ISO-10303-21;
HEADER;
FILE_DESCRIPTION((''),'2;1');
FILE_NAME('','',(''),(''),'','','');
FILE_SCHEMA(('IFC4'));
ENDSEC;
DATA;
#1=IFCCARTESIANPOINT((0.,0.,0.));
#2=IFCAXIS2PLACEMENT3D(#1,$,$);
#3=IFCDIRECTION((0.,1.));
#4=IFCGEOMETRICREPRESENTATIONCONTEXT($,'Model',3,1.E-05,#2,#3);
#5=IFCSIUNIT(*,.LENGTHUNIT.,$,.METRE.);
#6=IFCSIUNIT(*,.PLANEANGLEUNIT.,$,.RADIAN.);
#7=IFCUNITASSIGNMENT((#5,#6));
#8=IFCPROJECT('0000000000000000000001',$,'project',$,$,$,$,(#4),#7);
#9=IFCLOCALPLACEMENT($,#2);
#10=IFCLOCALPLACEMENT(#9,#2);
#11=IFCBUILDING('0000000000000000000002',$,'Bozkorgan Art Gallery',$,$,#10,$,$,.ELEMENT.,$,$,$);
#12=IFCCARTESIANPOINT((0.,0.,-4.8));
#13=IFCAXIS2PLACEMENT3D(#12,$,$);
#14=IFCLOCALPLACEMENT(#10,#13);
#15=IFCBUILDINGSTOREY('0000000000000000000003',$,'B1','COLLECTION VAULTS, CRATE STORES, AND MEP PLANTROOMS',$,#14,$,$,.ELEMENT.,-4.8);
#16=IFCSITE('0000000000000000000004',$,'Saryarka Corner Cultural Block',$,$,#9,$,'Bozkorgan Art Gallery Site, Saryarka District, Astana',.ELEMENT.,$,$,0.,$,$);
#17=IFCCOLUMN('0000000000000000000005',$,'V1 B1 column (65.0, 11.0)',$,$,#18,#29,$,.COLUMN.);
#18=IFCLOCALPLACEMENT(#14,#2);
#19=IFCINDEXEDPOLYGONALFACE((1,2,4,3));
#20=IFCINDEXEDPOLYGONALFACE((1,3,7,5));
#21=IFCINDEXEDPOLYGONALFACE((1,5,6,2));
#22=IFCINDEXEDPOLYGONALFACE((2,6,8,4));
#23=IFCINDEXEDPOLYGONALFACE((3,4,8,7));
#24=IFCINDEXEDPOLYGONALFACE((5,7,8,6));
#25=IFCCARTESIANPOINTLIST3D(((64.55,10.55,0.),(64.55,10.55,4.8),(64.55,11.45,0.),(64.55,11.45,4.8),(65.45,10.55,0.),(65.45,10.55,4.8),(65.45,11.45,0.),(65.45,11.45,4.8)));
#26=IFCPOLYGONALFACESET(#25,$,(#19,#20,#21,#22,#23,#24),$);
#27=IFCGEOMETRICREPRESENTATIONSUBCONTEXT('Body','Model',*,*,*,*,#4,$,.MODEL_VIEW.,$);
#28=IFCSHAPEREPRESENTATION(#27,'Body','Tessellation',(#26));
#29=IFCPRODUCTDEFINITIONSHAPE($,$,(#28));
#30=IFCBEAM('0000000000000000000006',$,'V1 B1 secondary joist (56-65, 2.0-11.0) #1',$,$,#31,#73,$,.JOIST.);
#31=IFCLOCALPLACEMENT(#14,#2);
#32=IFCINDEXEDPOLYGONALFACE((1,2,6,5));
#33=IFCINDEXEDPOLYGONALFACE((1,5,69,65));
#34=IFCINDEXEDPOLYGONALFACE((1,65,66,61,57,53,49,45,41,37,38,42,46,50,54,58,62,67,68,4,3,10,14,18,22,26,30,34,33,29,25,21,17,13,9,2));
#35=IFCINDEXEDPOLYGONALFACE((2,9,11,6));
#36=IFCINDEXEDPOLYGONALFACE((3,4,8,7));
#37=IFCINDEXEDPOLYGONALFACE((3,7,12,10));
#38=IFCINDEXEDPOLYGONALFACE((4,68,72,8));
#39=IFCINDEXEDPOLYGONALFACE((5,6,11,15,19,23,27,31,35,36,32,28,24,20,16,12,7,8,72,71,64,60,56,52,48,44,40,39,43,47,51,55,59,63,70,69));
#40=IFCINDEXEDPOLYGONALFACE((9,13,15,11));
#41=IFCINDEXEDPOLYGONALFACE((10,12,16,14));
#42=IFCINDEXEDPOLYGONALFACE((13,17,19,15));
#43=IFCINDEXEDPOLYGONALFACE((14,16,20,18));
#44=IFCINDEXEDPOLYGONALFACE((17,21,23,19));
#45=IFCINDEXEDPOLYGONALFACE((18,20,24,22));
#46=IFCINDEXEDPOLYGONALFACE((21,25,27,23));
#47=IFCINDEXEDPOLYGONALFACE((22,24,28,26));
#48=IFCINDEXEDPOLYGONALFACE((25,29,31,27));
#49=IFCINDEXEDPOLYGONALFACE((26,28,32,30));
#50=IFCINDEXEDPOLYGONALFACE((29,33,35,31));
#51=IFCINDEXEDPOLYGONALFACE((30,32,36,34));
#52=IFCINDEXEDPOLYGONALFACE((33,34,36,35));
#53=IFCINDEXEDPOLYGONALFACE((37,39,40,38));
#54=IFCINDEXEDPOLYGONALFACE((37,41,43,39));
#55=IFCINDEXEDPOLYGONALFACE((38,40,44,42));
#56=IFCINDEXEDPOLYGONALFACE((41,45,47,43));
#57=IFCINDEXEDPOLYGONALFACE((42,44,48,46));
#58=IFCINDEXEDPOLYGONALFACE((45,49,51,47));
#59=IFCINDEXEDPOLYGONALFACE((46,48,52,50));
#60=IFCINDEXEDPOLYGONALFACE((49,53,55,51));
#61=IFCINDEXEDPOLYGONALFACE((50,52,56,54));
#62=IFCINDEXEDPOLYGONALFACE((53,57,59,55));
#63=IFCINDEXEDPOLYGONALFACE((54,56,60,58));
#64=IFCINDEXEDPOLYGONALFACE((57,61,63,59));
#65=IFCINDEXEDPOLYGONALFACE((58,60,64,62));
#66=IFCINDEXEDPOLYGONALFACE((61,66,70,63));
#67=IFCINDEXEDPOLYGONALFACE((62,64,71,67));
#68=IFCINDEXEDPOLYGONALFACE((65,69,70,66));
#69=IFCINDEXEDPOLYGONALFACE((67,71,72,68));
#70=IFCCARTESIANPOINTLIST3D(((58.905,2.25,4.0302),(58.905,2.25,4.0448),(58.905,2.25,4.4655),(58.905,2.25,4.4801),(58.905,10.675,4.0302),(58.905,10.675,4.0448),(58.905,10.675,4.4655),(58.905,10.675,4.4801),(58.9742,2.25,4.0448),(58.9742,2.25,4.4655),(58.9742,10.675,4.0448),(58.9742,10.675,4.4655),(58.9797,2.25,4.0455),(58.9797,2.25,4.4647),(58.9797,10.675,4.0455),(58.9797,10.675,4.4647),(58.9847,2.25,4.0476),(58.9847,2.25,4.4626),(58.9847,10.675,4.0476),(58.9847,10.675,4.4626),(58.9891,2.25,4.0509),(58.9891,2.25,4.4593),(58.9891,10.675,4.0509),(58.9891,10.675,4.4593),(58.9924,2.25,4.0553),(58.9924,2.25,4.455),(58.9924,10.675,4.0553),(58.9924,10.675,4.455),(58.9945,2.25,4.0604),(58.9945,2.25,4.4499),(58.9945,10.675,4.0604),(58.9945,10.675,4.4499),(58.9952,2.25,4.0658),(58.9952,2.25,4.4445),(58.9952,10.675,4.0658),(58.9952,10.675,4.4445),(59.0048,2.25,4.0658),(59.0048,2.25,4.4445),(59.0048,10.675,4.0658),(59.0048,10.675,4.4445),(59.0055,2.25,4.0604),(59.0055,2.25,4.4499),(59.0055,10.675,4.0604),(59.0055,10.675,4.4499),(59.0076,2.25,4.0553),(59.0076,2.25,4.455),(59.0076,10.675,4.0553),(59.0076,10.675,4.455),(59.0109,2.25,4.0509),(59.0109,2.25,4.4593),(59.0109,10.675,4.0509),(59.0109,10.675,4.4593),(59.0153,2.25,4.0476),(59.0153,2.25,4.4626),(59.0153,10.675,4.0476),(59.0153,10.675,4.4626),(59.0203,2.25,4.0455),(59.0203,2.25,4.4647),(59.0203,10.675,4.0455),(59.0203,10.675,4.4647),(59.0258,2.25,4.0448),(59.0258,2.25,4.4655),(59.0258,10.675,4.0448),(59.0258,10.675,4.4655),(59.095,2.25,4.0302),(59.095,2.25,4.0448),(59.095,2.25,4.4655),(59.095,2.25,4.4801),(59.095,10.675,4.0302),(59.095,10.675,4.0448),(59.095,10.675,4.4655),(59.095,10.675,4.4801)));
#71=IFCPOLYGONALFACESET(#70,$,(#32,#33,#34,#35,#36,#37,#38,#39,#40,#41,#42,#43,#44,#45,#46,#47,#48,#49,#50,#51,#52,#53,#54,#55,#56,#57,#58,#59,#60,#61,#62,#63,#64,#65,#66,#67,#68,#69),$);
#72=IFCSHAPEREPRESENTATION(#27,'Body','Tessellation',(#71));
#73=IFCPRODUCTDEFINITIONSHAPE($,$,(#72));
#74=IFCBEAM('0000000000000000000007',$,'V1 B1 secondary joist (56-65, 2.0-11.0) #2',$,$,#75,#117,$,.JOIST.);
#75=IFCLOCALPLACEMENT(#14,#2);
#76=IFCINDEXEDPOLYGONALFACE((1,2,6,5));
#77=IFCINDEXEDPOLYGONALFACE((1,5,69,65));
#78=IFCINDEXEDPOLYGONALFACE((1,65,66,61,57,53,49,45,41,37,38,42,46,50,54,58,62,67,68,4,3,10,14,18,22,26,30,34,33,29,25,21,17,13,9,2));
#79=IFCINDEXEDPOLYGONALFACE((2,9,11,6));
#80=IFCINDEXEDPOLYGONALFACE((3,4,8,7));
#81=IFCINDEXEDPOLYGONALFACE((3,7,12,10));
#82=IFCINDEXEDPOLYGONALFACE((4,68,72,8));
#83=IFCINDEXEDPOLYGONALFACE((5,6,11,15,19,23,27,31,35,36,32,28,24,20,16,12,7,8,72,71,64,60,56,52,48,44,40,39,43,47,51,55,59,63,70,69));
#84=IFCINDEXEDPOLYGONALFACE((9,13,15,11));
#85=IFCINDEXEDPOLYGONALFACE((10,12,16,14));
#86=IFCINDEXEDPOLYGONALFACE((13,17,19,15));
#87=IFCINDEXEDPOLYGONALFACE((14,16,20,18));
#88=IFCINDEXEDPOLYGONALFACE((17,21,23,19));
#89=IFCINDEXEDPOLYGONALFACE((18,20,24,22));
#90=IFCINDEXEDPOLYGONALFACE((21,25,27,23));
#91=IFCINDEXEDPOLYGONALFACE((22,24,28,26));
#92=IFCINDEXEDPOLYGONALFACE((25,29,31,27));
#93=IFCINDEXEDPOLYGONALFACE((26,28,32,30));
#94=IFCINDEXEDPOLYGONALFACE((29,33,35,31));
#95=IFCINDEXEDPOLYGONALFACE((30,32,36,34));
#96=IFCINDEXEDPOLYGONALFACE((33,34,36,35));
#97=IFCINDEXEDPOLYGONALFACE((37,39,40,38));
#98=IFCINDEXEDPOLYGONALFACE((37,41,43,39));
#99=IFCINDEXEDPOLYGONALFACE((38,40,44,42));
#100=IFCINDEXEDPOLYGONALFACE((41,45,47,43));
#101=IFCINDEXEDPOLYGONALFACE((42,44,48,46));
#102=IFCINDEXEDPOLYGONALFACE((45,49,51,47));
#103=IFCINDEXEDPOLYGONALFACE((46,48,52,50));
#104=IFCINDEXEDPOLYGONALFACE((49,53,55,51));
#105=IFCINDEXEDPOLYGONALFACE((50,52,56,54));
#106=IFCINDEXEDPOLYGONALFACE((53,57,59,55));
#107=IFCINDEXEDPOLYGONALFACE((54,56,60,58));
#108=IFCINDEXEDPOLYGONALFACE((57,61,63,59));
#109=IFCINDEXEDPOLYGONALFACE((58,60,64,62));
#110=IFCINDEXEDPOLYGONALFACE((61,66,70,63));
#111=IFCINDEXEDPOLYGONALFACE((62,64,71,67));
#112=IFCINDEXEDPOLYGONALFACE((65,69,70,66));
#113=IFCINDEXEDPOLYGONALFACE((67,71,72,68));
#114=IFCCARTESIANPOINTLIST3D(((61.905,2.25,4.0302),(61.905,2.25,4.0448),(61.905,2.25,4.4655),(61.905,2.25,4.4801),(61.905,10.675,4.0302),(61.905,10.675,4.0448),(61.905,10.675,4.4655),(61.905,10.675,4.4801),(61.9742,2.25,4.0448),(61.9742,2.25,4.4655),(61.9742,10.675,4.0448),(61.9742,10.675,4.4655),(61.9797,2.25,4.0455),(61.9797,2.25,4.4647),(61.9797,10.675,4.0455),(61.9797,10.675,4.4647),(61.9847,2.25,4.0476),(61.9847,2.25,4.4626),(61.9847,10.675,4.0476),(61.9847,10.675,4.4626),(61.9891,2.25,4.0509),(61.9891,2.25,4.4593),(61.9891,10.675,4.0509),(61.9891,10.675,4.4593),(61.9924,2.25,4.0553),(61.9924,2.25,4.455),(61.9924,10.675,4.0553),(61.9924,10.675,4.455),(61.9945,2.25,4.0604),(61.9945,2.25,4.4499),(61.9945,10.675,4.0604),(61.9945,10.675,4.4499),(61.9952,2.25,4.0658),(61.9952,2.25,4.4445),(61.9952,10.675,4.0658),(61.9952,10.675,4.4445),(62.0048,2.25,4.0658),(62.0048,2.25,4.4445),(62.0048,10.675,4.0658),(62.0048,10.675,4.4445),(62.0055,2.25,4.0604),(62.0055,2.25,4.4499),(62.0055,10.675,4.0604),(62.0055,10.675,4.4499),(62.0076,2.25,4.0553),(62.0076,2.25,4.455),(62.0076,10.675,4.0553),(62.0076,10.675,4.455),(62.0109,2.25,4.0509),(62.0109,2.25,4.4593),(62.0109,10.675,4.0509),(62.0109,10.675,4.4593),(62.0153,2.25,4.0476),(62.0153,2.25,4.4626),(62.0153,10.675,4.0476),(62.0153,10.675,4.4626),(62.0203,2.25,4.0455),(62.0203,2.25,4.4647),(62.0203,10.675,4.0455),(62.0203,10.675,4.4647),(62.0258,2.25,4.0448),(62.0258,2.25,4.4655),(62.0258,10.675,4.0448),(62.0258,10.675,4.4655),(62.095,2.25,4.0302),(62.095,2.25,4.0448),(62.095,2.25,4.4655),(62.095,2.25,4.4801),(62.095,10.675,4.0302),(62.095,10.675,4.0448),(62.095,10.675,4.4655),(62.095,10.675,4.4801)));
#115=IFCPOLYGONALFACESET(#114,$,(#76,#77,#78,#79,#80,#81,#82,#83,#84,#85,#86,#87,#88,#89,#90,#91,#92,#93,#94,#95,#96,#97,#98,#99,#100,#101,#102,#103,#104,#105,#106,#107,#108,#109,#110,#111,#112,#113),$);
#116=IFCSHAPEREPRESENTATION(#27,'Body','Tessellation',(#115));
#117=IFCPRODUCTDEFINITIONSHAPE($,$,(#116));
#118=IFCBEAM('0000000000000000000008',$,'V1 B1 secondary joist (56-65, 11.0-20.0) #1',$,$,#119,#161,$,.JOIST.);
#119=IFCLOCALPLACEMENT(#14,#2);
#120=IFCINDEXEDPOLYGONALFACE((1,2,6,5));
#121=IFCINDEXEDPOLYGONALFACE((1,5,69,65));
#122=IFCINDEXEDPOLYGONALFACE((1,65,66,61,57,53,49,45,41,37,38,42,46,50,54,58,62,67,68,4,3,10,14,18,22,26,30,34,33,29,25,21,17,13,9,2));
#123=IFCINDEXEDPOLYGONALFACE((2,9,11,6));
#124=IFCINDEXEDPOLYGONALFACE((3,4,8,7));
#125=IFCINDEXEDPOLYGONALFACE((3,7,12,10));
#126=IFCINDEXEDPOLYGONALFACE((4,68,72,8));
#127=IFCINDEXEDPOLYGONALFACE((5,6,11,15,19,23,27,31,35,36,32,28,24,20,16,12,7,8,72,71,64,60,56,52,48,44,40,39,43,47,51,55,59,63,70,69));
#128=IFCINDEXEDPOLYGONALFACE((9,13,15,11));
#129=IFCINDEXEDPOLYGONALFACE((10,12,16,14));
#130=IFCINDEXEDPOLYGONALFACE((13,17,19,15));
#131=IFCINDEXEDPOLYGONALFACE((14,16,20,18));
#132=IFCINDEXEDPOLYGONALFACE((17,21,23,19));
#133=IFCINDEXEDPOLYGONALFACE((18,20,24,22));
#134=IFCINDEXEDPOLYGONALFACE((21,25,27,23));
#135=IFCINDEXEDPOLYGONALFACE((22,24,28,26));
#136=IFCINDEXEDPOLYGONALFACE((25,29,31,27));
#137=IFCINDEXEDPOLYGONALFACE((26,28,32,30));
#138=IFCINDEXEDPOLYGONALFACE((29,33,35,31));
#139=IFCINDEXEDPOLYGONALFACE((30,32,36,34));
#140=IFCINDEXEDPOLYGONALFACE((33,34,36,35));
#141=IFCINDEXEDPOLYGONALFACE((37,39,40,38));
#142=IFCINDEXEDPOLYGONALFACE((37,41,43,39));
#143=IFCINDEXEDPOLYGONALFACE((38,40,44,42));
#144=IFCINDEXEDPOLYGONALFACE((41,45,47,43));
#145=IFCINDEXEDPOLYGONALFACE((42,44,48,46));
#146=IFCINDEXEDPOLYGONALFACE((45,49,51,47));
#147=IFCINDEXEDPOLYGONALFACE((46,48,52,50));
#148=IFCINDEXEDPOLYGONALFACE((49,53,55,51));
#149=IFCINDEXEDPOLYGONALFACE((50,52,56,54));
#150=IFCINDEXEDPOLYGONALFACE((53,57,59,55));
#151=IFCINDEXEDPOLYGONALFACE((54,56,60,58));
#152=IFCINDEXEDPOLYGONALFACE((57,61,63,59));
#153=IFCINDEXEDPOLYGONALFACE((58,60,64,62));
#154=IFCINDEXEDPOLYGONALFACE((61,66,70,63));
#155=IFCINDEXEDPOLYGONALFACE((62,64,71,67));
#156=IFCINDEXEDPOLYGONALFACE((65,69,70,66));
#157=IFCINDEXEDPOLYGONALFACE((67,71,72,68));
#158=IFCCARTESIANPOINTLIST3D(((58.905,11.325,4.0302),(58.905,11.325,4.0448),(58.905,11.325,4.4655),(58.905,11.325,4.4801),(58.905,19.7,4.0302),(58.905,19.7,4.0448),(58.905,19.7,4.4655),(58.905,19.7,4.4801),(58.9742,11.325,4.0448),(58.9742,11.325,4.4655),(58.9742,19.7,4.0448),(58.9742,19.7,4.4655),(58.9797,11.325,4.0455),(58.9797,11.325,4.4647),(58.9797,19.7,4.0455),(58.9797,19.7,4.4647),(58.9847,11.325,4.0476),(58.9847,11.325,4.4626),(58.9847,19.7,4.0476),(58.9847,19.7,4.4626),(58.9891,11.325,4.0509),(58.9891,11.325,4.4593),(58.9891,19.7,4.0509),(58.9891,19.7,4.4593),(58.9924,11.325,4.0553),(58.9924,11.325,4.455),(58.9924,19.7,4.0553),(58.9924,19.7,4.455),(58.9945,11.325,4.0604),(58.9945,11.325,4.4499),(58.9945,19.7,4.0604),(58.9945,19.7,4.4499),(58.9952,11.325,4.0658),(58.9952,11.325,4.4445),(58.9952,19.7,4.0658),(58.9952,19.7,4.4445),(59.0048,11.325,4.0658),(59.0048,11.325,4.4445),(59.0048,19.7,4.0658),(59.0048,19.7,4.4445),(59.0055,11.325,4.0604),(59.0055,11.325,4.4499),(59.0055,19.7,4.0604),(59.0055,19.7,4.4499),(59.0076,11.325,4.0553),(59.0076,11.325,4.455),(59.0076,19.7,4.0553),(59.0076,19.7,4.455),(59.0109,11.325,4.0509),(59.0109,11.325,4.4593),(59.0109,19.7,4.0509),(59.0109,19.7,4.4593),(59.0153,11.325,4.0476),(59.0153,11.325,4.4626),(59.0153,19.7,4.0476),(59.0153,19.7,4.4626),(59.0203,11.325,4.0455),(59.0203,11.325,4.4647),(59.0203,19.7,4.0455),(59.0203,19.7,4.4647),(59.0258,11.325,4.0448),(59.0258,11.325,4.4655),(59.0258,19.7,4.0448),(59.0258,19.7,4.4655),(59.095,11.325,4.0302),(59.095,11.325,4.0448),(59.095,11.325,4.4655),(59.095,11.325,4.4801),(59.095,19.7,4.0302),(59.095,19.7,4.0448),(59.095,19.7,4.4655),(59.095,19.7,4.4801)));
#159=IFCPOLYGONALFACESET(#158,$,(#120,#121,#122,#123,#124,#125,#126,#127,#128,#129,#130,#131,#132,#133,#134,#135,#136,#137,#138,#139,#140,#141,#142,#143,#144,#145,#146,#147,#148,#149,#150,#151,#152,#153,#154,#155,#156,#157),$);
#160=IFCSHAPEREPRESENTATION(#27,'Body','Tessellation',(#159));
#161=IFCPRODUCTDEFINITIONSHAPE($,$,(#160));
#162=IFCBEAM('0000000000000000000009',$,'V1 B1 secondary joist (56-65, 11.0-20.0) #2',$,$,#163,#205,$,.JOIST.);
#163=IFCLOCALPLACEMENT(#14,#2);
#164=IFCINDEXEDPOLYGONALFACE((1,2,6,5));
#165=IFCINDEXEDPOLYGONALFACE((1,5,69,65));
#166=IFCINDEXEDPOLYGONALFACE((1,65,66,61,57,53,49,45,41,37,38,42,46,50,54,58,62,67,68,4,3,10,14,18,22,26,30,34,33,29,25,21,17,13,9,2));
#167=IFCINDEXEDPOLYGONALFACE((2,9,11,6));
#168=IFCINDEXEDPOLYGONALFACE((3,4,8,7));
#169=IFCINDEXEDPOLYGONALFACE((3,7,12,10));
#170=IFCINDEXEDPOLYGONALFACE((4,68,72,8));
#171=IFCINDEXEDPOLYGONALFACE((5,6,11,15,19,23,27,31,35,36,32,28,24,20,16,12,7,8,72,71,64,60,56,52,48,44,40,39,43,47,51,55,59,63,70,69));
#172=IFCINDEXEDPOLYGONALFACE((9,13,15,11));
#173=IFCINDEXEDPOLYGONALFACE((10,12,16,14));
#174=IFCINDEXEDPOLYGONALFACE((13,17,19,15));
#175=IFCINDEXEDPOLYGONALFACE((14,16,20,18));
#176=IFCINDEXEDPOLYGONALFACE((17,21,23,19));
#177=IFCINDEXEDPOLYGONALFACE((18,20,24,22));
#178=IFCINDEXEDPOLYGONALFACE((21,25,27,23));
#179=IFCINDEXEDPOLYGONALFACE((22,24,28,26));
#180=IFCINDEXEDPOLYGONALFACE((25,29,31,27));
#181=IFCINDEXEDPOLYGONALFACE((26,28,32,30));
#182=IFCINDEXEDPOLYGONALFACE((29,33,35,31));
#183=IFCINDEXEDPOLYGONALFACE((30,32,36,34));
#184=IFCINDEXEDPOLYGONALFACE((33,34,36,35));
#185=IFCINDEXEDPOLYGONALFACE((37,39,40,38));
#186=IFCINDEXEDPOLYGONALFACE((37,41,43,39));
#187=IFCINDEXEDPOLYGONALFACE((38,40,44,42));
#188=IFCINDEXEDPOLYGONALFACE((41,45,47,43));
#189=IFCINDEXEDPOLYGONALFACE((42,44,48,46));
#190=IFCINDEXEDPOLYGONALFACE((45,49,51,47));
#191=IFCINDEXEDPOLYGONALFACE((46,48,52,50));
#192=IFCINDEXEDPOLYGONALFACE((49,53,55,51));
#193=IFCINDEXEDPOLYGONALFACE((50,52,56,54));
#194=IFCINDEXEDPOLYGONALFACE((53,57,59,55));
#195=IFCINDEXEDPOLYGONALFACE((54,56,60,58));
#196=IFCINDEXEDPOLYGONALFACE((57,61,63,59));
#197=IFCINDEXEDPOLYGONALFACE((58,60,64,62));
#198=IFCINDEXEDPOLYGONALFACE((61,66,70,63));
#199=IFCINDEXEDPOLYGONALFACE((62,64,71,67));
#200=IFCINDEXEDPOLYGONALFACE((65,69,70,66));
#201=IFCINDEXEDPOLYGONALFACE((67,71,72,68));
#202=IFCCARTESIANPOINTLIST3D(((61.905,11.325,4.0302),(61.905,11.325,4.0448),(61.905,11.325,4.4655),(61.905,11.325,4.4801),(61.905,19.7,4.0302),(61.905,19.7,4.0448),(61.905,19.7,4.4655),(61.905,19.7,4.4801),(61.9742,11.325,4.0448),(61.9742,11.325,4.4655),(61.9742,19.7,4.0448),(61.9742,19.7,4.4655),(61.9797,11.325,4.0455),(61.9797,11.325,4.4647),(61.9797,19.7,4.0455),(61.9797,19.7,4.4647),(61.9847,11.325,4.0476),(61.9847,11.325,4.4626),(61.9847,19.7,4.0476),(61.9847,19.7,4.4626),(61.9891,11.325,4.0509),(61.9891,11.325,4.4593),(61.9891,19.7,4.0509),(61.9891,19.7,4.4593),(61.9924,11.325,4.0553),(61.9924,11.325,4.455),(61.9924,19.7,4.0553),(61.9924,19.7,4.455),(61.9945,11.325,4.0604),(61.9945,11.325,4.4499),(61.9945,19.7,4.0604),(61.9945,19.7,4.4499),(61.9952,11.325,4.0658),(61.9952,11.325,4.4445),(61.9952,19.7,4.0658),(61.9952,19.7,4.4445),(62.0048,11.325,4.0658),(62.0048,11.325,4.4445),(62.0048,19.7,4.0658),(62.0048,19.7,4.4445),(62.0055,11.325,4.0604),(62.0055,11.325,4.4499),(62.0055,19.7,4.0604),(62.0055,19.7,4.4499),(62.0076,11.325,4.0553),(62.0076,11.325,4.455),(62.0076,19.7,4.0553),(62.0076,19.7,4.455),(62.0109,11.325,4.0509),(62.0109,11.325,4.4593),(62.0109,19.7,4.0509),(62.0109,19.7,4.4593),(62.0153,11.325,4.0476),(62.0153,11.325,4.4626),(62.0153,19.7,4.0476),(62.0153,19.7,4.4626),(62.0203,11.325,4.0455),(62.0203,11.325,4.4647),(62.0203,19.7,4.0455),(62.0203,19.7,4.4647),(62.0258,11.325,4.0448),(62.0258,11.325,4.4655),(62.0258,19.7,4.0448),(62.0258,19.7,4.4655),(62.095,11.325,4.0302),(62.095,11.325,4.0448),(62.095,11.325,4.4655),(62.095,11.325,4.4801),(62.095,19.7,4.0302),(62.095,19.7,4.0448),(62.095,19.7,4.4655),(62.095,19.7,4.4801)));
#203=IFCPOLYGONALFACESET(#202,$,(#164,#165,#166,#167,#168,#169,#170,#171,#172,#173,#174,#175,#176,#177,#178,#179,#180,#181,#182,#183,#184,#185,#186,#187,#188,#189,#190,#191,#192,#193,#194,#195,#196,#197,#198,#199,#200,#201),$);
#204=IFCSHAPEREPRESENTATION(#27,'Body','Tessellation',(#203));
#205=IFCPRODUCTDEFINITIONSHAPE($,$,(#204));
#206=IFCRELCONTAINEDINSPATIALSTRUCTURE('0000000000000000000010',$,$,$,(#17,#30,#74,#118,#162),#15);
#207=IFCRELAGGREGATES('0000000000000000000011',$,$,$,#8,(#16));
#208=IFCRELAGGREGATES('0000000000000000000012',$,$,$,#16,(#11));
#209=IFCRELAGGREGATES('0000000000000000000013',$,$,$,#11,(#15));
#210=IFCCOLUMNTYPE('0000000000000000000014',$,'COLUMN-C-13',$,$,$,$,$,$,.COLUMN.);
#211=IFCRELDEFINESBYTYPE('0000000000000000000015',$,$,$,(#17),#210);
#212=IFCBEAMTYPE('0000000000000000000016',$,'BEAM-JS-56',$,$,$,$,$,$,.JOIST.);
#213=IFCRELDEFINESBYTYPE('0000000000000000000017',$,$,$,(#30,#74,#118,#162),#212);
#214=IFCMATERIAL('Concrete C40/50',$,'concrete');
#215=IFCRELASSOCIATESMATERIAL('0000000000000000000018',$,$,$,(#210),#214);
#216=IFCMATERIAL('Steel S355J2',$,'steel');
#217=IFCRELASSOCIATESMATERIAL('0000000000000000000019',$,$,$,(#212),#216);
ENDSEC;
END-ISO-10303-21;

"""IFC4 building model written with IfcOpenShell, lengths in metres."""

from ifc_helpers import new_model, si_unit, direction, frame, origin, origin_2d, place, context, subcontext, project, spatial, rectangle, i_section, extrude, material, material_profile, profile_set, type_object, element, save


model = new_model("IFC4")

# Units and contexts
model_context = context("Model", 3, precision=1e-05, world=origin(), true_north=direction((0.0, 1.0)))
body_context = subcontext(model_context, "Body", "Model", "MODEL_VIEW")
ifc_project = project(units=[si_unit("LENGTHUNIT", "METRE"), si_unit("PLANEANGLEUNIT", "RADIAN")], contexts=[model_context])

# Site, building, storey
site_placement = place(None, origin())
site = spatial("IfcSite", under=ifc_project, at=site_placement, Name="Saryarka Corner Cultural Block", LongName="Bozkorgan Art Gallery Site, Saryarka District, Astana", CompositionType="ELEMENT", RefElevation=0.0)
building_placement = place(site_placement, origin())
building = spatial("IfcBuilding", under=site, at=building_placement, Name="Bozkorgan Art Gallery", CompositionType="ELEMENT")
storey_placement = place(building_placement, frame((0.0, 0.0, -4.8)))
storey = spatial("IfcBuildingStorey", under=building, at=storey_placement, Name="B1", Description="COLLECTION VAULTS, CRATE STORES, AND MEP PLANTROOMS", CompositionType="ELEMENT", Elevation=-4.8)

# Column
ifc_material_1 = material(Name="Concrete C40/50", Category="concrete")
ifc_material_profile_1 = material_profile(ifc_material_1, rectangle(XDim=0.8999, YDim=0.8999, at=origin_2d()), Name="RC 900x900")
ifc_profile_set_1 = profile_set([ifc_material_profile_1], Name="Concrete C40/50")
column_type = type_object("IfcColumnType", Name="COLUMN-C-13", PredefinedType="COLUMN", material=ifc_profile_set_1)
for number, where, z_axis, x_axis, name in (
    (1, (65.0, 11.0, 0.0), (0.0, 0.0, 1.0), (1.0, 0.0, 0.0), "V1 B1 column (65.0, 11.0)"),
):
    element("IfcColumn", number, at=place(storey_placement, frame(where, z_axis=z_axis, x_axis=x_axis)), inside=storey, type_object=column_type, Name=name, PredefinedType="COLUMN", context=body_context, shape_type="SweptSolid", body=[
        extrude(rectangle(XDim=0.8999, YDim=0.8999, at=origin_2d()), origin(), (0.0, 0.0, 1.0), 4.8),
    ])

# Beams
ifc_material_2 = material(Name="Steel S355J2", Category="steel")
ifc_material_profile_2 = material_profile(ifc_material_2, i_section(OverallWidth=0.1899, OverallDepth=0.45, WebThickness=0.0095, FlangeThickness=0.0146, FilletRadius=0.021, at=origin_2d()), Name="IPE 450")
ifc_profile_set_2 = profile_set([ifc_material_profile_2], Name="Steel S355J2")
beam_type_1 = type_object("IfcBeamType", Name="BEAM-JS-56", PredefinedType="JOIST", material=ifc_profile_set_2)
for number, where, z_axis, x_axis, name in (
    (2, (59.0, 2.25, 4.2551), (0.0, 1.0, 0.0), (-1.0, 0.0, 0.0), "V1 B1 secondary joist (56-65, 2.0-11.0) #1"),
    (3, (62.0, 2.25, 4.2551), (0.0, 1.0, 0.0), (-1.0, 0.0, 0.0), "V1 B1 secondary joist (56-65, 2.0-11.0) #2"),
):
    element("IfcBeam", number, at=place(storey_placement, frame(where, z_axis=z_axis, x_axis=x_axis)), inside=storey, type_object=beam_type_1, Name=name, PredefinedType="JOIST", context=body_context, shape_type="SweptSolid", body=[
        extrude(i_section(OverallWidth=0.1899, OverallDepth=0.45, WebThickness=0.0095, FlangeThickness=0.0146, FilletRadius=0.021, at=origin_2d()), origin(), (0.0, 0.0, 1.0), 8.425),
    ])
for number, where, z_axis, x_axis, name in (
    (4, (59.0, 11.325, 4.2551), (0.0, 1.0, 0.0), (-1.0, 0.0, 0.0), "V1 B1 secondary joist (56-65, 11.0-20.0) #1"),
    (5, (62.0, 11.325, 4.2551), (0.0, 1.0, 0.0), (-1.0, 0.0, 0.0), "V1 B1 secondary joist (56-65, 11.0-20.0) #2"),
):
    element("IfcBeam", number, at=place(storey_placement, frame(where, z_axis=z_axis, x_axis=x_axis)), inside=storey, type_object=beam_type_1, Name=name, PredefinedType="JOIST", context=body_context, shape_type="SweptSolid", body=[
        extrude(i_section(OverallWidth=0.1899, OverallDepth=0.45, WebThickness=0.0095, FlangeThickness=0.0146, FilletRadius=0.021, at=origin_2d()), origin(), (0.0, 0.0, 1.0), 8.375),
    ])

save(model, "model.ifc")
